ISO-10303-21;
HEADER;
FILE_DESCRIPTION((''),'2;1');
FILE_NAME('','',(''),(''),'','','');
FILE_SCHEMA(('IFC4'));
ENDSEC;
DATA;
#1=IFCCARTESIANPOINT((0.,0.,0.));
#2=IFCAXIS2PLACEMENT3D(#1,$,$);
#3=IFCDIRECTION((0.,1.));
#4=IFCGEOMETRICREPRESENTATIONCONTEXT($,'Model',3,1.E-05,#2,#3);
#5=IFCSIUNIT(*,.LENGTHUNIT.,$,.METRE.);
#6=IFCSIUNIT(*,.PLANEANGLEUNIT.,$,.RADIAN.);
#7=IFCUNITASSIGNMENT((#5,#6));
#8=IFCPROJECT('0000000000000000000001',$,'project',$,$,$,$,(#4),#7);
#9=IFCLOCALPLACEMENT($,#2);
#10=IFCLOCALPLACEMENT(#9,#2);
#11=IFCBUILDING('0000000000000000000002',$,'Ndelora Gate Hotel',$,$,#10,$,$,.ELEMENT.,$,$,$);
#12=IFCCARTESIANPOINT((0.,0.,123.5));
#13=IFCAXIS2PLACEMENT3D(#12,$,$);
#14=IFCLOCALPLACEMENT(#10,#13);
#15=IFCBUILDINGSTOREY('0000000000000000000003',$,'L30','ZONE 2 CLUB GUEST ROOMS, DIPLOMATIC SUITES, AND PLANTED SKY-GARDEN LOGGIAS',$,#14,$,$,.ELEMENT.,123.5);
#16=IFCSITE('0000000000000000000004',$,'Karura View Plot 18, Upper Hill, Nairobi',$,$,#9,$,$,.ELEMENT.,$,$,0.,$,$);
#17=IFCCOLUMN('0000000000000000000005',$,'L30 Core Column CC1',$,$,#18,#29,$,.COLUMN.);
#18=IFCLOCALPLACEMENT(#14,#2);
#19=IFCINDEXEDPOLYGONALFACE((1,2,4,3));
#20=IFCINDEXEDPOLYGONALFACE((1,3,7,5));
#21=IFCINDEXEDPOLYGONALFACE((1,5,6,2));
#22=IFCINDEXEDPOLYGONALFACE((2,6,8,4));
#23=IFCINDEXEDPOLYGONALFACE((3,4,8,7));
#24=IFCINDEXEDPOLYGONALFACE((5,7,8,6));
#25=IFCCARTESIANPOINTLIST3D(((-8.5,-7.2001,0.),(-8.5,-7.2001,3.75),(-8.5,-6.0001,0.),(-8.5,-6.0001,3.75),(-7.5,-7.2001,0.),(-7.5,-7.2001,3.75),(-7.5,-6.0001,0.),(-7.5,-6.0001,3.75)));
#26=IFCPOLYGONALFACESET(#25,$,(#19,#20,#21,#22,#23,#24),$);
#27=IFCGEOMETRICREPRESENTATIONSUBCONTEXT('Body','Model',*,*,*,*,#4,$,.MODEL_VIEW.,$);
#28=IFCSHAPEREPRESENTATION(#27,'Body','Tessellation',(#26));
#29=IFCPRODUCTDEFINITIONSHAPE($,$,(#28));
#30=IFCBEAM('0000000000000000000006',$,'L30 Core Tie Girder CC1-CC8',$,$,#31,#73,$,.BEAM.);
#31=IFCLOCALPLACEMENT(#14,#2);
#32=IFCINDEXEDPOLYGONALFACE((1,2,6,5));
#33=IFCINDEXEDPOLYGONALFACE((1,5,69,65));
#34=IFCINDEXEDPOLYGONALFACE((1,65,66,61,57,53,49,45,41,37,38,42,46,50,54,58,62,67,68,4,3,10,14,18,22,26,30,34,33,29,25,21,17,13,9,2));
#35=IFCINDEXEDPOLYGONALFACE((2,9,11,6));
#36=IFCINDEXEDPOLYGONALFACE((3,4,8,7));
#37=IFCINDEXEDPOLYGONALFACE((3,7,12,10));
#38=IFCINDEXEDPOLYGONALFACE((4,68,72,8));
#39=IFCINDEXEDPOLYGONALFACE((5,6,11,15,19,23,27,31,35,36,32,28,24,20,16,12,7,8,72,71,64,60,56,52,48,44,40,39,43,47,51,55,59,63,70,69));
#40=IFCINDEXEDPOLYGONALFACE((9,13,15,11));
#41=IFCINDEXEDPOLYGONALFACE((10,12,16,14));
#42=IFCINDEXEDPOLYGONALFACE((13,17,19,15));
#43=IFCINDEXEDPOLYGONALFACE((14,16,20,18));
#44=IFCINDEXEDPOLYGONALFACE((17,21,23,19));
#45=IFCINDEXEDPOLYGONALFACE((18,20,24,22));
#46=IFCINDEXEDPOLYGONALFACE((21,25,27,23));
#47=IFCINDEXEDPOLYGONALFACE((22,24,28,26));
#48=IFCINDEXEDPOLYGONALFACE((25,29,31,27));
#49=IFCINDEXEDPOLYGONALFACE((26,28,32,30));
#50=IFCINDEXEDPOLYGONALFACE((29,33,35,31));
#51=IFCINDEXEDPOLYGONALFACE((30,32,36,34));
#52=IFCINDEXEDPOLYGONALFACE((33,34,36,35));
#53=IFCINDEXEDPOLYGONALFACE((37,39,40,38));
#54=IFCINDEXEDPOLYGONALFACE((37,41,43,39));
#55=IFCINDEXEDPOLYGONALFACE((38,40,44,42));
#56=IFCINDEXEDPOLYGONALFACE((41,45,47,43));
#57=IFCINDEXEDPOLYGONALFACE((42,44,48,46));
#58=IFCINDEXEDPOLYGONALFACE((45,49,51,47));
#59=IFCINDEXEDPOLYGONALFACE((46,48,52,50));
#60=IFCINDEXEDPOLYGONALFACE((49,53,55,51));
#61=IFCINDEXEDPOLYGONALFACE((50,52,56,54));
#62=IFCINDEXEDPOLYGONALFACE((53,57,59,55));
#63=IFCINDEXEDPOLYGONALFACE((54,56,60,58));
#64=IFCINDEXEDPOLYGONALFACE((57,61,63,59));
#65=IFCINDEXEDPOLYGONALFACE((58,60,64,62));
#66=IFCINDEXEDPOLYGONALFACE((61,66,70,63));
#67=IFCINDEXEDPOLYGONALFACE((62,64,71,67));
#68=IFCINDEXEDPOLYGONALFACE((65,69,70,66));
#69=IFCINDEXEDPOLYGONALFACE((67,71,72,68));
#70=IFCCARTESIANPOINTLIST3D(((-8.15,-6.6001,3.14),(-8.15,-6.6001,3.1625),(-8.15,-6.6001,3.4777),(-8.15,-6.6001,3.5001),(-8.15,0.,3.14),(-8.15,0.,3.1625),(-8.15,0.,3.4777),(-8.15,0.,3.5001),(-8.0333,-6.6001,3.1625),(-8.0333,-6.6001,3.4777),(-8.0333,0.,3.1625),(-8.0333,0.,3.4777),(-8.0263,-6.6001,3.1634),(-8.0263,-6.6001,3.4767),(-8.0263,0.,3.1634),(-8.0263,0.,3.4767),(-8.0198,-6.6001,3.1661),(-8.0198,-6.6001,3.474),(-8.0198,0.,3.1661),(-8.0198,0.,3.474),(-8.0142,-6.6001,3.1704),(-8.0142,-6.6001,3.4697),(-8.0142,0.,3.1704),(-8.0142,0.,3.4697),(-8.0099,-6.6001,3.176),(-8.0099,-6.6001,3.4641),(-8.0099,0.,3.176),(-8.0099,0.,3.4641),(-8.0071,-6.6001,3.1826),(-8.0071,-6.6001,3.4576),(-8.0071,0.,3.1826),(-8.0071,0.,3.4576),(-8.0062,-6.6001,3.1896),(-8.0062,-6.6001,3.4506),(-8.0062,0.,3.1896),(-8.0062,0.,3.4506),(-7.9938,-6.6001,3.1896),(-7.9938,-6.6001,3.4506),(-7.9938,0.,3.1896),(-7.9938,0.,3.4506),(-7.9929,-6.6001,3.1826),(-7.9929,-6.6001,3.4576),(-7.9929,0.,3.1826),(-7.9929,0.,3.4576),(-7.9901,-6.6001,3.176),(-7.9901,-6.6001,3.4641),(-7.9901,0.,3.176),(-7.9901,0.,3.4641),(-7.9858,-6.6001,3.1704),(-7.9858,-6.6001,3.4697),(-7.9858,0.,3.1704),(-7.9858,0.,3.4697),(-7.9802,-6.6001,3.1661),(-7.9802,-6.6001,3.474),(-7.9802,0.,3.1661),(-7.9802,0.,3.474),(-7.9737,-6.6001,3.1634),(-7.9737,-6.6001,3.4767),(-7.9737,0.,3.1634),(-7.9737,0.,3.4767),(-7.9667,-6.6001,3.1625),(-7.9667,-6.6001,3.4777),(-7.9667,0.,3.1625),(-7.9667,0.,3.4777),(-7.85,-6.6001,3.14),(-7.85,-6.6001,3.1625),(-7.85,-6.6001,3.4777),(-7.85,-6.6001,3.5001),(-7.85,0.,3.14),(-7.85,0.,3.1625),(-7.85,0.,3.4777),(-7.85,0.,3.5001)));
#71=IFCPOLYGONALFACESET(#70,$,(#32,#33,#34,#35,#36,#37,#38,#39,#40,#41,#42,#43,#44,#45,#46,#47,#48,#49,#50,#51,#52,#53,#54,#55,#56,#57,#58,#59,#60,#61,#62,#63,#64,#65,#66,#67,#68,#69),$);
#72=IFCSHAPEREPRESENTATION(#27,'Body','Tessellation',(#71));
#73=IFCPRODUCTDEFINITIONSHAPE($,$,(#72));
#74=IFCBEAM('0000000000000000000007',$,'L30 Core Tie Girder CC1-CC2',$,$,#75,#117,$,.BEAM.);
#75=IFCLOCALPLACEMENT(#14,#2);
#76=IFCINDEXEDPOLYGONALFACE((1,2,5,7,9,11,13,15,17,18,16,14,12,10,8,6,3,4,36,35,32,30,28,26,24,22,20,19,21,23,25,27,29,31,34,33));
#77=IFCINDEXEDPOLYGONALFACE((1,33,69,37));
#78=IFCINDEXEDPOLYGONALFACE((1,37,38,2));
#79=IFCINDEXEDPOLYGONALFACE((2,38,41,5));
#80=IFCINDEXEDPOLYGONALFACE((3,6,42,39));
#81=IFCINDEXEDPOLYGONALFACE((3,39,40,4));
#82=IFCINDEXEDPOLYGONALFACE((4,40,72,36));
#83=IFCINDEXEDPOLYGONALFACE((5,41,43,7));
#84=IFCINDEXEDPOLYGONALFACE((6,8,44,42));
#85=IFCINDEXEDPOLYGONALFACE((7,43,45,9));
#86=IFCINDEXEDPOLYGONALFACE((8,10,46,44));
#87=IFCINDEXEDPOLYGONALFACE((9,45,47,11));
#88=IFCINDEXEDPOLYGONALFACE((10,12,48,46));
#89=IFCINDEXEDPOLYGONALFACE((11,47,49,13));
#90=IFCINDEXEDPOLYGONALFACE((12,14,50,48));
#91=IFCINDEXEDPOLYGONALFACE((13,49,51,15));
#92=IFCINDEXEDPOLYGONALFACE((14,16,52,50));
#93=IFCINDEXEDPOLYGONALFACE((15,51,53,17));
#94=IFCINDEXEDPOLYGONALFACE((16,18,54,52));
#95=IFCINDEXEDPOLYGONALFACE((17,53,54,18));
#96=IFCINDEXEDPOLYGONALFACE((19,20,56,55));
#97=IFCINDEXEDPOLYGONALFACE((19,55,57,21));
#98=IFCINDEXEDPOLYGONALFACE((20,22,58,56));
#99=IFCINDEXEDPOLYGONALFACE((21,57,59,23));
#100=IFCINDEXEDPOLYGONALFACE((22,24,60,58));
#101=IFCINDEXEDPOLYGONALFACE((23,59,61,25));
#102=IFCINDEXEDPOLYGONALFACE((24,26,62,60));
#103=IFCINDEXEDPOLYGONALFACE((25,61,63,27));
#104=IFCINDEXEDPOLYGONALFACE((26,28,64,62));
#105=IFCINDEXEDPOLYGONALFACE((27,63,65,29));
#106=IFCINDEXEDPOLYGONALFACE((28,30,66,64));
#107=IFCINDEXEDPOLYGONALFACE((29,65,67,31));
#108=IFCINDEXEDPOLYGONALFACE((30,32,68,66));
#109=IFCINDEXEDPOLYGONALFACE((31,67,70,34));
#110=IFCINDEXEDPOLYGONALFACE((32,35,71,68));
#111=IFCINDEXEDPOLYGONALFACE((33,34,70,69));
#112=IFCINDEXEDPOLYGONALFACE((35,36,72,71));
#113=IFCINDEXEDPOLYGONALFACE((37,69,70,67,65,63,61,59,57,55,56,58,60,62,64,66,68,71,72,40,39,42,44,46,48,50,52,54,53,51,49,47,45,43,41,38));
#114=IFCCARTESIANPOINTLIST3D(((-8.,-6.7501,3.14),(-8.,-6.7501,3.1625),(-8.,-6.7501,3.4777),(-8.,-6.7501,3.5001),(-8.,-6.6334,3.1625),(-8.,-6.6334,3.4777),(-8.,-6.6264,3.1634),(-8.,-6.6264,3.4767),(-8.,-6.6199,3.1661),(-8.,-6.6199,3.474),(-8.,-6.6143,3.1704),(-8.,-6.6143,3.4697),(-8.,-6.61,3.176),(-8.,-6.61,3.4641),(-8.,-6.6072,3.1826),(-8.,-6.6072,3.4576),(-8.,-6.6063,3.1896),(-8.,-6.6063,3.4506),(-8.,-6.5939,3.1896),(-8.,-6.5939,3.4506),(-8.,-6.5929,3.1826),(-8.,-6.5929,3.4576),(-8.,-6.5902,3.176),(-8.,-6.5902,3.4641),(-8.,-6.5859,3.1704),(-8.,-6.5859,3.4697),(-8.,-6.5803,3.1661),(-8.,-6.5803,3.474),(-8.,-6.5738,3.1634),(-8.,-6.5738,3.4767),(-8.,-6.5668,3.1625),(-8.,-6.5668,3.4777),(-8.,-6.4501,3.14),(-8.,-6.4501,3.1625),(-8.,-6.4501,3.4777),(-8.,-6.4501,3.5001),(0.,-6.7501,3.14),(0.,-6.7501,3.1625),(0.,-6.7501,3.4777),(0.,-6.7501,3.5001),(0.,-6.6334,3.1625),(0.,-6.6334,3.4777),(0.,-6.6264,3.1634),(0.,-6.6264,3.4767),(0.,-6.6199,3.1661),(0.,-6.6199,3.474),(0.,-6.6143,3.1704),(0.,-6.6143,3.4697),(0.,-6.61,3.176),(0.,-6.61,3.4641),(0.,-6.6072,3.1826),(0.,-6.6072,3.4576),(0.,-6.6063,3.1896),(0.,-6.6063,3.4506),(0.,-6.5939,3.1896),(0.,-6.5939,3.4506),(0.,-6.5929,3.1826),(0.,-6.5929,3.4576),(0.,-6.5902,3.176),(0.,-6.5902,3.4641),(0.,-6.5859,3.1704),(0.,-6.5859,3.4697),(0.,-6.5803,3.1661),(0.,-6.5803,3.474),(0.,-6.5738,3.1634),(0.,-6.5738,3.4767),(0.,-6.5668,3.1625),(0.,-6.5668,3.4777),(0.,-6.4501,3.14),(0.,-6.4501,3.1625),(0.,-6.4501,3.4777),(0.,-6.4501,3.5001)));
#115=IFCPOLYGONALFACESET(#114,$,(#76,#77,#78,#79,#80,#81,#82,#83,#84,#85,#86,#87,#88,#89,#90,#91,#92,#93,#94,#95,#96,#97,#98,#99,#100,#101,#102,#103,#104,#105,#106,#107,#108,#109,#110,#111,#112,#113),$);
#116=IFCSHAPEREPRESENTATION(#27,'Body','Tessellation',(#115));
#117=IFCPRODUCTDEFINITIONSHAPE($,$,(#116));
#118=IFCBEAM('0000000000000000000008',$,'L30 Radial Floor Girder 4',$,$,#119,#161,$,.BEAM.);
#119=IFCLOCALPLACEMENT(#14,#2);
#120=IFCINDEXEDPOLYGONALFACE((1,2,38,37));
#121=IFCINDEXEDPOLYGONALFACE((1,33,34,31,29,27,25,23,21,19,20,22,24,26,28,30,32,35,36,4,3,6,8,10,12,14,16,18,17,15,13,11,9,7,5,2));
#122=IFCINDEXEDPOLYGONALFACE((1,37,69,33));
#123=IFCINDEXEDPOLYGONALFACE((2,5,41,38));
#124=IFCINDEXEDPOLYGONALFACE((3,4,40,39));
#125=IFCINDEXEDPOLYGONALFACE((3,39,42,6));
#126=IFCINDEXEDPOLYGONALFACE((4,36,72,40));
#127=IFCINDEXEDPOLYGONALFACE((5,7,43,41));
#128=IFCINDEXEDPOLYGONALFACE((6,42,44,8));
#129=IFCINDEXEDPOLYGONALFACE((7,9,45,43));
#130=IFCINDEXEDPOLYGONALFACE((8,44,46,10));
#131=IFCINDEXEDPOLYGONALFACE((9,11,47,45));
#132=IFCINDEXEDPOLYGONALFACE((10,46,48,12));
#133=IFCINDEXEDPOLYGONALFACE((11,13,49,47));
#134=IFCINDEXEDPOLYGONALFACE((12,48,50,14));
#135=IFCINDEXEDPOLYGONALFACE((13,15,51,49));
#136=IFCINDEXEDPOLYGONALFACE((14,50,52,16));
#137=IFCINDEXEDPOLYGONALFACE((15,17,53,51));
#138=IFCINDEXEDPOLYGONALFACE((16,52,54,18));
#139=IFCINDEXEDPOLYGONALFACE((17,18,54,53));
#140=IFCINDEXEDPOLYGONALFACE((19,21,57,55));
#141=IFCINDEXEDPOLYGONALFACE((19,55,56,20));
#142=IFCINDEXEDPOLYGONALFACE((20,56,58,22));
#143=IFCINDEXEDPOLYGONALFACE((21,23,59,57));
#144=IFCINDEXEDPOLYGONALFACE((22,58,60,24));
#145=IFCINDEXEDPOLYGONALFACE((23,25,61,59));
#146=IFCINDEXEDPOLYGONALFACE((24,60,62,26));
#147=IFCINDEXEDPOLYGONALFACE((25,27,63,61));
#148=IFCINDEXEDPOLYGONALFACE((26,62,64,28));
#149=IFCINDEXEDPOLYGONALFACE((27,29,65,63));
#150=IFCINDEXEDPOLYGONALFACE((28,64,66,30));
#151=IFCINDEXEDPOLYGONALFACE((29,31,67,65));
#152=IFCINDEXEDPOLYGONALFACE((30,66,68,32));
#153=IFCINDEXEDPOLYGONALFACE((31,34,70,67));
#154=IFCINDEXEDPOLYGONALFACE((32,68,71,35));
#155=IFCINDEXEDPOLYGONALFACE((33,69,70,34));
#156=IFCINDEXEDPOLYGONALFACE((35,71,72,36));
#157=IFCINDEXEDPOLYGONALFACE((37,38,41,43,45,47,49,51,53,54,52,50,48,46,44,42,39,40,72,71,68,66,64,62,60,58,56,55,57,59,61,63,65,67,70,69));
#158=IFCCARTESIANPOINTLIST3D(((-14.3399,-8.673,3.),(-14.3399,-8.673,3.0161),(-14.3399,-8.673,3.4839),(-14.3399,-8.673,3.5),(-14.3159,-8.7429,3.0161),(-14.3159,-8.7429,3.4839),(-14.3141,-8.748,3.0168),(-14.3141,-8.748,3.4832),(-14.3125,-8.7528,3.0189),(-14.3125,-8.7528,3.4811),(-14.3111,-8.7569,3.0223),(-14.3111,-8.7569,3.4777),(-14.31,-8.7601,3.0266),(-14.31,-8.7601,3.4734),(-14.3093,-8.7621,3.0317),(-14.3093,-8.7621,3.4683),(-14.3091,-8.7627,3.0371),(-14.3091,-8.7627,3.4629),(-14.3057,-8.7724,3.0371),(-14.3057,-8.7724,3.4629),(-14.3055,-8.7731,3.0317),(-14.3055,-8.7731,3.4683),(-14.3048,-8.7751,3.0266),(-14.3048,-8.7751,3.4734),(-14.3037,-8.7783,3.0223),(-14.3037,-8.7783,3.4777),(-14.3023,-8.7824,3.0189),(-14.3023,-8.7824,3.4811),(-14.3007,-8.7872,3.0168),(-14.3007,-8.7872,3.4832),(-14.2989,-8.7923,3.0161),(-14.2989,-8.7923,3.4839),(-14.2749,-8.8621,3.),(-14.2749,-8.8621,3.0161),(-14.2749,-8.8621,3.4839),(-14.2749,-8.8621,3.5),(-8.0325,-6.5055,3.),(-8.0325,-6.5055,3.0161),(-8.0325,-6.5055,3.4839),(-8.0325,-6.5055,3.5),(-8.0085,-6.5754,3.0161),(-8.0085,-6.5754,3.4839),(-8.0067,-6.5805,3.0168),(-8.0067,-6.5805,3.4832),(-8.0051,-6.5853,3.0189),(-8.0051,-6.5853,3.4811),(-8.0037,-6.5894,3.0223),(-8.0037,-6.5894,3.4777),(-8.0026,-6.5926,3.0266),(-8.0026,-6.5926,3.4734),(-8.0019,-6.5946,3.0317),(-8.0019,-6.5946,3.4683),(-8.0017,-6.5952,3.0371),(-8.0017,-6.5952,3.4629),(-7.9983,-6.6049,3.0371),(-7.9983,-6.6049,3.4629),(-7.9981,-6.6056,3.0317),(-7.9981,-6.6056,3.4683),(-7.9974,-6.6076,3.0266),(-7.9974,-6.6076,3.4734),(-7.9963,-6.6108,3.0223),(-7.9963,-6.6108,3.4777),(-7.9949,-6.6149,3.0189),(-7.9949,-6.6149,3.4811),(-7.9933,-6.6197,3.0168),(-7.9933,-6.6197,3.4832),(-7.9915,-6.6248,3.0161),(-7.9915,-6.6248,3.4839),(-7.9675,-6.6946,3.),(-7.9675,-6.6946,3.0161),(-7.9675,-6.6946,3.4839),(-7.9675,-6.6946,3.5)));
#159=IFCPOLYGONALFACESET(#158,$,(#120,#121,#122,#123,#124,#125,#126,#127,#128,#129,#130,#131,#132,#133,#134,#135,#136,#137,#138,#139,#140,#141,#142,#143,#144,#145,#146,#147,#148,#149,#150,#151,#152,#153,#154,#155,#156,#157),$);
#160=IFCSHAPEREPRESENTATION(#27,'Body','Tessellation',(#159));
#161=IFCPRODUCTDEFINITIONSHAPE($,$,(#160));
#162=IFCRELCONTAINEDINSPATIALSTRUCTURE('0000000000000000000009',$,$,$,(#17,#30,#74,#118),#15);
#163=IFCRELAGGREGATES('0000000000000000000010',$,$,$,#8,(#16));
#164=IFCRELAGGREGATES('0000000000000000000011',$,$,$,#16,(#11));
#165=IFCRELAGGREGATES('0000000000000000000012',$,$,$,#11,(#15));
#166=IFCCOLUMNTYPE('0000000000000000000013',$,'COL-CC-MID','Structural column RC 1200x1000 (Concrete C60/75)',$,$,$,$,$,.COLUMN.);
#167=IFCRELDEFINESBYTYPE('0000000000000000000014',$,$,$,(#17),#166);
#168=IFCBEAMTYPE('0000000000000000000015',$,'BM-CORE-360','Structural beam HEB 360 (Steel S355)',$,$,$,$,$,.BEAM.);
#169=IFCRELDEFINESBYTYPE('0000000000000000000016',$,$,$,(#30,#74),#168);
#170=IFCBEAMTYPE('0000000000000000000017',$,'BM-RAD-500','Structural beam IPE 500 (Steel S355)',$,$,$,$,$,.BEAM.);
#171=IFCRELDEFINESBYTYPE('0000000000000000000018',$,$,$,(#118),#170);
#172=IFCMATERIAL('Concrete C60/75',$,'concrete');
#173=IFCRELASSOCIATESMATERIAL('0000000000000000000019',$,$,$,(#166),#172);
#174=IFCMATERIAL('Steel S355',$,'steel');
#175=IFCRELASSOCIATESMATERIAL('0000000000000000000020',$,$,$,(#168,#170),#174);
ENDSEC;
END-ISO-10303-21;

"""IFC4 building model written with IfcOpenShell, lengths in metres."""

from ifc_helpers import new_model, si_unit, direction, frame, origin, origin_2d, place, context, subcontext, project, spatial, rectangle, i_section, extrude, material, material_profile, profile_set, type_object, element, save


model = new_model("IFC4")

# Units and contexts
model_context = context("Model", 3, precision=1e-05, world=origin(), true_north=direction((0.0, 1.0)))
body_context = subcontext(model_context, "Body", "Model", "MODEL_VIEW")
ifc_project = project(units=[si_unit("LENGTHUNIT", "METRE"), si_unit("PLANEANGLEUNIT", "RADIAN")], contexts=[model_context])

# Site, building, storey
site_placement = place(None, origin())
site = spatial("IfcSite", under=ifc_project, at=site_placement, Name="Karura View Plot 18, Upper Hill, Nairobi", CompositionType="ELEMENT", RefElevation=0.0)
building_placement = place(site_placement, origin())
building = spatial("IfcBuilding", under=site, at=building_placement, Name="Ndelora Gate Hotel", CompositionType="ELEMENT")
storey_placement = place(building_placement, frame((0.0, 0.0, 123.5)))
storey = spatial("IfcBuildingStorey", under=building, at=storey_placement, Name="L30", Description="ZONE 2 CLUB GUEST ROOMS, DIPLOMATIC SUITES, AND PLANTED SKY-GARDEN LOGGIAS", CompositionType="ELEMENT", Elevation=123.5)

# Column
ifc_material_1 = material(Name="Concrete C60/75", Category="concrete")
ifc_material_profile_1 = material_profile(ifc_material_1, rectangle(XDim=1.0, YDim=1.2, at=origin_2d()), Name="RC 1200x1000")
ifc_profile_set_1 = profile_set([ifc_material_profile_1], Name="Concrete C60/75")
column_type = type_object("IfcColumnType", Name="COL-CC-MID", Description="Structural column RC 1200x1000 (Concrete C60/75)", PredefinedType="COLUMN", material=ifc_profile_set_1)
column_placement = place(storey_placement, frame((-8.0, -6.6001, 0.0), z_axis=(0.0, 0.0, 1.0), x_axis=(1.0, 0.0, 0.0)))
element("IfcColumn", 1, at=column_placement, inside=storey, type_object=column_type, Name="L30 Core Column CC1", PredefinedType="COLUMN", context=body_context, shape_type="SweptSolid", body=[
    extrude(rectangle(XDim=1.0, YDim=1.2, at=origin_2d()), origin(), (0.0, 0.0, 1.0), 3.75),
])

# Beams
ifc_material_2 = material(Name="Steel S355", Category="steel")
ifc_material_profile_2 = material_profile(ifc_material_2, i_section(OverallWidth=0.3, OverallDepth=0.3601, WebThickness=0.0125, FlangeThickness=0.0225, FilletRadius=0.0271, at=origin_2d()), Name="HEB 360")
ifc_profile_set_2 = profile_set([ifc_material_profile_2], Name="Steel S355")
beam_type_1 = type_object("IfcBeamType", Name="BM-CORE-360", Description="Structural beam HEB 360 (Steel S355)", PredefinedType="BEAM", material=ifc_profile_set_2)
beam_1_placement = place(storey_placement, frame((-8.0, -6.6001, 3.3201), z_axis=(0.0, 1.0, 0.0), x_axis=(-1.0, 0.0, 0.0)))
element("IfcBeam", 2, at=beam_1_placement, inside=storey, type_object=beam_type_1, Name="L30 Core Tie Girder CC1-CC8", PredefinedType="BEAM", context=body_context, shape_type="SweptSolid", body=[
    extrude(i_section(OverallWidth=0.3, OverallDepth=0.3601, WebThickness=0.0125, FlangeThickness=0.0225, FilletRadius=0.0271, at=origin_2d()), origin(), (0.0, 0.0, 1.0), 6.6001),
])
beam_2_placement = place(storey_placement, frame((-8.0, -6.6001, 3.3201), z_axis=(1.0, 0.0, 0.0), x_axis=(0.0, 1.0, 0.0)))
element("IfcBeam", 3, at=beam_2_placement, inside=storey, type_object=beam_type_1, Name="L30 Core Tie Girder CC1-CC2", PredefinedType="BEAM", context=body_context, shape_type="SweptSolid", body=[
    extrude(i_section(OverallWidth=0.3, OverallDepth=0.3601, WebThickness=0.0125, FlangeThickness=0.0225, FilletRadius=0.0271, at=origin_2d()), origin(), (0.0, 0.0, 1.0), 8.0),
])
ifc_material_profile_3 = material_profile(ifc_material_2, i_section(OverallWidth=0.2, OverallDepth=0.5, WebThickness=0.0103, FlangeThickness=0.0161, FilletRadius=0.021, at=origin_2d()), Name="IPE 500")
ifc_profile_set_3 = profile_set([ifc_material_profile_3], Name="Steel S355")
beam_type_2 = type_object("IfcBeamType", Name="BM-RAD-500", Description="Structural beam IPE 500 (Steel S355)", PredefinedType="BEAM", material=ifc_profile_set_3)
beam_3_placement = place(storey_placement, frame((-8.0, -6.6001, 3.25), z_axis=(-0.945718, -0.324989, 0.0), x_axis=(0.324989, -0.945718, 0.0)))
element("IfcBeam", 4, at=beam_3_placement, inside=storey, type_object=beam_type_2, Name="L30 Radial Floor Girder 4", PredefinedType="BEAM", context=body_context, shape_type="SweptSolid", body=[
    extrude(i_section(OverallWidth=0.2, OverallDepth=0.5, WebThickness=0.0103, FlangeThickness=0.0161, FilletRadius=0.021, at=origin_2d()), origin(), (0.0, 0.0, 1.0), 6.6694),
])

save(model, "model.ifc")
